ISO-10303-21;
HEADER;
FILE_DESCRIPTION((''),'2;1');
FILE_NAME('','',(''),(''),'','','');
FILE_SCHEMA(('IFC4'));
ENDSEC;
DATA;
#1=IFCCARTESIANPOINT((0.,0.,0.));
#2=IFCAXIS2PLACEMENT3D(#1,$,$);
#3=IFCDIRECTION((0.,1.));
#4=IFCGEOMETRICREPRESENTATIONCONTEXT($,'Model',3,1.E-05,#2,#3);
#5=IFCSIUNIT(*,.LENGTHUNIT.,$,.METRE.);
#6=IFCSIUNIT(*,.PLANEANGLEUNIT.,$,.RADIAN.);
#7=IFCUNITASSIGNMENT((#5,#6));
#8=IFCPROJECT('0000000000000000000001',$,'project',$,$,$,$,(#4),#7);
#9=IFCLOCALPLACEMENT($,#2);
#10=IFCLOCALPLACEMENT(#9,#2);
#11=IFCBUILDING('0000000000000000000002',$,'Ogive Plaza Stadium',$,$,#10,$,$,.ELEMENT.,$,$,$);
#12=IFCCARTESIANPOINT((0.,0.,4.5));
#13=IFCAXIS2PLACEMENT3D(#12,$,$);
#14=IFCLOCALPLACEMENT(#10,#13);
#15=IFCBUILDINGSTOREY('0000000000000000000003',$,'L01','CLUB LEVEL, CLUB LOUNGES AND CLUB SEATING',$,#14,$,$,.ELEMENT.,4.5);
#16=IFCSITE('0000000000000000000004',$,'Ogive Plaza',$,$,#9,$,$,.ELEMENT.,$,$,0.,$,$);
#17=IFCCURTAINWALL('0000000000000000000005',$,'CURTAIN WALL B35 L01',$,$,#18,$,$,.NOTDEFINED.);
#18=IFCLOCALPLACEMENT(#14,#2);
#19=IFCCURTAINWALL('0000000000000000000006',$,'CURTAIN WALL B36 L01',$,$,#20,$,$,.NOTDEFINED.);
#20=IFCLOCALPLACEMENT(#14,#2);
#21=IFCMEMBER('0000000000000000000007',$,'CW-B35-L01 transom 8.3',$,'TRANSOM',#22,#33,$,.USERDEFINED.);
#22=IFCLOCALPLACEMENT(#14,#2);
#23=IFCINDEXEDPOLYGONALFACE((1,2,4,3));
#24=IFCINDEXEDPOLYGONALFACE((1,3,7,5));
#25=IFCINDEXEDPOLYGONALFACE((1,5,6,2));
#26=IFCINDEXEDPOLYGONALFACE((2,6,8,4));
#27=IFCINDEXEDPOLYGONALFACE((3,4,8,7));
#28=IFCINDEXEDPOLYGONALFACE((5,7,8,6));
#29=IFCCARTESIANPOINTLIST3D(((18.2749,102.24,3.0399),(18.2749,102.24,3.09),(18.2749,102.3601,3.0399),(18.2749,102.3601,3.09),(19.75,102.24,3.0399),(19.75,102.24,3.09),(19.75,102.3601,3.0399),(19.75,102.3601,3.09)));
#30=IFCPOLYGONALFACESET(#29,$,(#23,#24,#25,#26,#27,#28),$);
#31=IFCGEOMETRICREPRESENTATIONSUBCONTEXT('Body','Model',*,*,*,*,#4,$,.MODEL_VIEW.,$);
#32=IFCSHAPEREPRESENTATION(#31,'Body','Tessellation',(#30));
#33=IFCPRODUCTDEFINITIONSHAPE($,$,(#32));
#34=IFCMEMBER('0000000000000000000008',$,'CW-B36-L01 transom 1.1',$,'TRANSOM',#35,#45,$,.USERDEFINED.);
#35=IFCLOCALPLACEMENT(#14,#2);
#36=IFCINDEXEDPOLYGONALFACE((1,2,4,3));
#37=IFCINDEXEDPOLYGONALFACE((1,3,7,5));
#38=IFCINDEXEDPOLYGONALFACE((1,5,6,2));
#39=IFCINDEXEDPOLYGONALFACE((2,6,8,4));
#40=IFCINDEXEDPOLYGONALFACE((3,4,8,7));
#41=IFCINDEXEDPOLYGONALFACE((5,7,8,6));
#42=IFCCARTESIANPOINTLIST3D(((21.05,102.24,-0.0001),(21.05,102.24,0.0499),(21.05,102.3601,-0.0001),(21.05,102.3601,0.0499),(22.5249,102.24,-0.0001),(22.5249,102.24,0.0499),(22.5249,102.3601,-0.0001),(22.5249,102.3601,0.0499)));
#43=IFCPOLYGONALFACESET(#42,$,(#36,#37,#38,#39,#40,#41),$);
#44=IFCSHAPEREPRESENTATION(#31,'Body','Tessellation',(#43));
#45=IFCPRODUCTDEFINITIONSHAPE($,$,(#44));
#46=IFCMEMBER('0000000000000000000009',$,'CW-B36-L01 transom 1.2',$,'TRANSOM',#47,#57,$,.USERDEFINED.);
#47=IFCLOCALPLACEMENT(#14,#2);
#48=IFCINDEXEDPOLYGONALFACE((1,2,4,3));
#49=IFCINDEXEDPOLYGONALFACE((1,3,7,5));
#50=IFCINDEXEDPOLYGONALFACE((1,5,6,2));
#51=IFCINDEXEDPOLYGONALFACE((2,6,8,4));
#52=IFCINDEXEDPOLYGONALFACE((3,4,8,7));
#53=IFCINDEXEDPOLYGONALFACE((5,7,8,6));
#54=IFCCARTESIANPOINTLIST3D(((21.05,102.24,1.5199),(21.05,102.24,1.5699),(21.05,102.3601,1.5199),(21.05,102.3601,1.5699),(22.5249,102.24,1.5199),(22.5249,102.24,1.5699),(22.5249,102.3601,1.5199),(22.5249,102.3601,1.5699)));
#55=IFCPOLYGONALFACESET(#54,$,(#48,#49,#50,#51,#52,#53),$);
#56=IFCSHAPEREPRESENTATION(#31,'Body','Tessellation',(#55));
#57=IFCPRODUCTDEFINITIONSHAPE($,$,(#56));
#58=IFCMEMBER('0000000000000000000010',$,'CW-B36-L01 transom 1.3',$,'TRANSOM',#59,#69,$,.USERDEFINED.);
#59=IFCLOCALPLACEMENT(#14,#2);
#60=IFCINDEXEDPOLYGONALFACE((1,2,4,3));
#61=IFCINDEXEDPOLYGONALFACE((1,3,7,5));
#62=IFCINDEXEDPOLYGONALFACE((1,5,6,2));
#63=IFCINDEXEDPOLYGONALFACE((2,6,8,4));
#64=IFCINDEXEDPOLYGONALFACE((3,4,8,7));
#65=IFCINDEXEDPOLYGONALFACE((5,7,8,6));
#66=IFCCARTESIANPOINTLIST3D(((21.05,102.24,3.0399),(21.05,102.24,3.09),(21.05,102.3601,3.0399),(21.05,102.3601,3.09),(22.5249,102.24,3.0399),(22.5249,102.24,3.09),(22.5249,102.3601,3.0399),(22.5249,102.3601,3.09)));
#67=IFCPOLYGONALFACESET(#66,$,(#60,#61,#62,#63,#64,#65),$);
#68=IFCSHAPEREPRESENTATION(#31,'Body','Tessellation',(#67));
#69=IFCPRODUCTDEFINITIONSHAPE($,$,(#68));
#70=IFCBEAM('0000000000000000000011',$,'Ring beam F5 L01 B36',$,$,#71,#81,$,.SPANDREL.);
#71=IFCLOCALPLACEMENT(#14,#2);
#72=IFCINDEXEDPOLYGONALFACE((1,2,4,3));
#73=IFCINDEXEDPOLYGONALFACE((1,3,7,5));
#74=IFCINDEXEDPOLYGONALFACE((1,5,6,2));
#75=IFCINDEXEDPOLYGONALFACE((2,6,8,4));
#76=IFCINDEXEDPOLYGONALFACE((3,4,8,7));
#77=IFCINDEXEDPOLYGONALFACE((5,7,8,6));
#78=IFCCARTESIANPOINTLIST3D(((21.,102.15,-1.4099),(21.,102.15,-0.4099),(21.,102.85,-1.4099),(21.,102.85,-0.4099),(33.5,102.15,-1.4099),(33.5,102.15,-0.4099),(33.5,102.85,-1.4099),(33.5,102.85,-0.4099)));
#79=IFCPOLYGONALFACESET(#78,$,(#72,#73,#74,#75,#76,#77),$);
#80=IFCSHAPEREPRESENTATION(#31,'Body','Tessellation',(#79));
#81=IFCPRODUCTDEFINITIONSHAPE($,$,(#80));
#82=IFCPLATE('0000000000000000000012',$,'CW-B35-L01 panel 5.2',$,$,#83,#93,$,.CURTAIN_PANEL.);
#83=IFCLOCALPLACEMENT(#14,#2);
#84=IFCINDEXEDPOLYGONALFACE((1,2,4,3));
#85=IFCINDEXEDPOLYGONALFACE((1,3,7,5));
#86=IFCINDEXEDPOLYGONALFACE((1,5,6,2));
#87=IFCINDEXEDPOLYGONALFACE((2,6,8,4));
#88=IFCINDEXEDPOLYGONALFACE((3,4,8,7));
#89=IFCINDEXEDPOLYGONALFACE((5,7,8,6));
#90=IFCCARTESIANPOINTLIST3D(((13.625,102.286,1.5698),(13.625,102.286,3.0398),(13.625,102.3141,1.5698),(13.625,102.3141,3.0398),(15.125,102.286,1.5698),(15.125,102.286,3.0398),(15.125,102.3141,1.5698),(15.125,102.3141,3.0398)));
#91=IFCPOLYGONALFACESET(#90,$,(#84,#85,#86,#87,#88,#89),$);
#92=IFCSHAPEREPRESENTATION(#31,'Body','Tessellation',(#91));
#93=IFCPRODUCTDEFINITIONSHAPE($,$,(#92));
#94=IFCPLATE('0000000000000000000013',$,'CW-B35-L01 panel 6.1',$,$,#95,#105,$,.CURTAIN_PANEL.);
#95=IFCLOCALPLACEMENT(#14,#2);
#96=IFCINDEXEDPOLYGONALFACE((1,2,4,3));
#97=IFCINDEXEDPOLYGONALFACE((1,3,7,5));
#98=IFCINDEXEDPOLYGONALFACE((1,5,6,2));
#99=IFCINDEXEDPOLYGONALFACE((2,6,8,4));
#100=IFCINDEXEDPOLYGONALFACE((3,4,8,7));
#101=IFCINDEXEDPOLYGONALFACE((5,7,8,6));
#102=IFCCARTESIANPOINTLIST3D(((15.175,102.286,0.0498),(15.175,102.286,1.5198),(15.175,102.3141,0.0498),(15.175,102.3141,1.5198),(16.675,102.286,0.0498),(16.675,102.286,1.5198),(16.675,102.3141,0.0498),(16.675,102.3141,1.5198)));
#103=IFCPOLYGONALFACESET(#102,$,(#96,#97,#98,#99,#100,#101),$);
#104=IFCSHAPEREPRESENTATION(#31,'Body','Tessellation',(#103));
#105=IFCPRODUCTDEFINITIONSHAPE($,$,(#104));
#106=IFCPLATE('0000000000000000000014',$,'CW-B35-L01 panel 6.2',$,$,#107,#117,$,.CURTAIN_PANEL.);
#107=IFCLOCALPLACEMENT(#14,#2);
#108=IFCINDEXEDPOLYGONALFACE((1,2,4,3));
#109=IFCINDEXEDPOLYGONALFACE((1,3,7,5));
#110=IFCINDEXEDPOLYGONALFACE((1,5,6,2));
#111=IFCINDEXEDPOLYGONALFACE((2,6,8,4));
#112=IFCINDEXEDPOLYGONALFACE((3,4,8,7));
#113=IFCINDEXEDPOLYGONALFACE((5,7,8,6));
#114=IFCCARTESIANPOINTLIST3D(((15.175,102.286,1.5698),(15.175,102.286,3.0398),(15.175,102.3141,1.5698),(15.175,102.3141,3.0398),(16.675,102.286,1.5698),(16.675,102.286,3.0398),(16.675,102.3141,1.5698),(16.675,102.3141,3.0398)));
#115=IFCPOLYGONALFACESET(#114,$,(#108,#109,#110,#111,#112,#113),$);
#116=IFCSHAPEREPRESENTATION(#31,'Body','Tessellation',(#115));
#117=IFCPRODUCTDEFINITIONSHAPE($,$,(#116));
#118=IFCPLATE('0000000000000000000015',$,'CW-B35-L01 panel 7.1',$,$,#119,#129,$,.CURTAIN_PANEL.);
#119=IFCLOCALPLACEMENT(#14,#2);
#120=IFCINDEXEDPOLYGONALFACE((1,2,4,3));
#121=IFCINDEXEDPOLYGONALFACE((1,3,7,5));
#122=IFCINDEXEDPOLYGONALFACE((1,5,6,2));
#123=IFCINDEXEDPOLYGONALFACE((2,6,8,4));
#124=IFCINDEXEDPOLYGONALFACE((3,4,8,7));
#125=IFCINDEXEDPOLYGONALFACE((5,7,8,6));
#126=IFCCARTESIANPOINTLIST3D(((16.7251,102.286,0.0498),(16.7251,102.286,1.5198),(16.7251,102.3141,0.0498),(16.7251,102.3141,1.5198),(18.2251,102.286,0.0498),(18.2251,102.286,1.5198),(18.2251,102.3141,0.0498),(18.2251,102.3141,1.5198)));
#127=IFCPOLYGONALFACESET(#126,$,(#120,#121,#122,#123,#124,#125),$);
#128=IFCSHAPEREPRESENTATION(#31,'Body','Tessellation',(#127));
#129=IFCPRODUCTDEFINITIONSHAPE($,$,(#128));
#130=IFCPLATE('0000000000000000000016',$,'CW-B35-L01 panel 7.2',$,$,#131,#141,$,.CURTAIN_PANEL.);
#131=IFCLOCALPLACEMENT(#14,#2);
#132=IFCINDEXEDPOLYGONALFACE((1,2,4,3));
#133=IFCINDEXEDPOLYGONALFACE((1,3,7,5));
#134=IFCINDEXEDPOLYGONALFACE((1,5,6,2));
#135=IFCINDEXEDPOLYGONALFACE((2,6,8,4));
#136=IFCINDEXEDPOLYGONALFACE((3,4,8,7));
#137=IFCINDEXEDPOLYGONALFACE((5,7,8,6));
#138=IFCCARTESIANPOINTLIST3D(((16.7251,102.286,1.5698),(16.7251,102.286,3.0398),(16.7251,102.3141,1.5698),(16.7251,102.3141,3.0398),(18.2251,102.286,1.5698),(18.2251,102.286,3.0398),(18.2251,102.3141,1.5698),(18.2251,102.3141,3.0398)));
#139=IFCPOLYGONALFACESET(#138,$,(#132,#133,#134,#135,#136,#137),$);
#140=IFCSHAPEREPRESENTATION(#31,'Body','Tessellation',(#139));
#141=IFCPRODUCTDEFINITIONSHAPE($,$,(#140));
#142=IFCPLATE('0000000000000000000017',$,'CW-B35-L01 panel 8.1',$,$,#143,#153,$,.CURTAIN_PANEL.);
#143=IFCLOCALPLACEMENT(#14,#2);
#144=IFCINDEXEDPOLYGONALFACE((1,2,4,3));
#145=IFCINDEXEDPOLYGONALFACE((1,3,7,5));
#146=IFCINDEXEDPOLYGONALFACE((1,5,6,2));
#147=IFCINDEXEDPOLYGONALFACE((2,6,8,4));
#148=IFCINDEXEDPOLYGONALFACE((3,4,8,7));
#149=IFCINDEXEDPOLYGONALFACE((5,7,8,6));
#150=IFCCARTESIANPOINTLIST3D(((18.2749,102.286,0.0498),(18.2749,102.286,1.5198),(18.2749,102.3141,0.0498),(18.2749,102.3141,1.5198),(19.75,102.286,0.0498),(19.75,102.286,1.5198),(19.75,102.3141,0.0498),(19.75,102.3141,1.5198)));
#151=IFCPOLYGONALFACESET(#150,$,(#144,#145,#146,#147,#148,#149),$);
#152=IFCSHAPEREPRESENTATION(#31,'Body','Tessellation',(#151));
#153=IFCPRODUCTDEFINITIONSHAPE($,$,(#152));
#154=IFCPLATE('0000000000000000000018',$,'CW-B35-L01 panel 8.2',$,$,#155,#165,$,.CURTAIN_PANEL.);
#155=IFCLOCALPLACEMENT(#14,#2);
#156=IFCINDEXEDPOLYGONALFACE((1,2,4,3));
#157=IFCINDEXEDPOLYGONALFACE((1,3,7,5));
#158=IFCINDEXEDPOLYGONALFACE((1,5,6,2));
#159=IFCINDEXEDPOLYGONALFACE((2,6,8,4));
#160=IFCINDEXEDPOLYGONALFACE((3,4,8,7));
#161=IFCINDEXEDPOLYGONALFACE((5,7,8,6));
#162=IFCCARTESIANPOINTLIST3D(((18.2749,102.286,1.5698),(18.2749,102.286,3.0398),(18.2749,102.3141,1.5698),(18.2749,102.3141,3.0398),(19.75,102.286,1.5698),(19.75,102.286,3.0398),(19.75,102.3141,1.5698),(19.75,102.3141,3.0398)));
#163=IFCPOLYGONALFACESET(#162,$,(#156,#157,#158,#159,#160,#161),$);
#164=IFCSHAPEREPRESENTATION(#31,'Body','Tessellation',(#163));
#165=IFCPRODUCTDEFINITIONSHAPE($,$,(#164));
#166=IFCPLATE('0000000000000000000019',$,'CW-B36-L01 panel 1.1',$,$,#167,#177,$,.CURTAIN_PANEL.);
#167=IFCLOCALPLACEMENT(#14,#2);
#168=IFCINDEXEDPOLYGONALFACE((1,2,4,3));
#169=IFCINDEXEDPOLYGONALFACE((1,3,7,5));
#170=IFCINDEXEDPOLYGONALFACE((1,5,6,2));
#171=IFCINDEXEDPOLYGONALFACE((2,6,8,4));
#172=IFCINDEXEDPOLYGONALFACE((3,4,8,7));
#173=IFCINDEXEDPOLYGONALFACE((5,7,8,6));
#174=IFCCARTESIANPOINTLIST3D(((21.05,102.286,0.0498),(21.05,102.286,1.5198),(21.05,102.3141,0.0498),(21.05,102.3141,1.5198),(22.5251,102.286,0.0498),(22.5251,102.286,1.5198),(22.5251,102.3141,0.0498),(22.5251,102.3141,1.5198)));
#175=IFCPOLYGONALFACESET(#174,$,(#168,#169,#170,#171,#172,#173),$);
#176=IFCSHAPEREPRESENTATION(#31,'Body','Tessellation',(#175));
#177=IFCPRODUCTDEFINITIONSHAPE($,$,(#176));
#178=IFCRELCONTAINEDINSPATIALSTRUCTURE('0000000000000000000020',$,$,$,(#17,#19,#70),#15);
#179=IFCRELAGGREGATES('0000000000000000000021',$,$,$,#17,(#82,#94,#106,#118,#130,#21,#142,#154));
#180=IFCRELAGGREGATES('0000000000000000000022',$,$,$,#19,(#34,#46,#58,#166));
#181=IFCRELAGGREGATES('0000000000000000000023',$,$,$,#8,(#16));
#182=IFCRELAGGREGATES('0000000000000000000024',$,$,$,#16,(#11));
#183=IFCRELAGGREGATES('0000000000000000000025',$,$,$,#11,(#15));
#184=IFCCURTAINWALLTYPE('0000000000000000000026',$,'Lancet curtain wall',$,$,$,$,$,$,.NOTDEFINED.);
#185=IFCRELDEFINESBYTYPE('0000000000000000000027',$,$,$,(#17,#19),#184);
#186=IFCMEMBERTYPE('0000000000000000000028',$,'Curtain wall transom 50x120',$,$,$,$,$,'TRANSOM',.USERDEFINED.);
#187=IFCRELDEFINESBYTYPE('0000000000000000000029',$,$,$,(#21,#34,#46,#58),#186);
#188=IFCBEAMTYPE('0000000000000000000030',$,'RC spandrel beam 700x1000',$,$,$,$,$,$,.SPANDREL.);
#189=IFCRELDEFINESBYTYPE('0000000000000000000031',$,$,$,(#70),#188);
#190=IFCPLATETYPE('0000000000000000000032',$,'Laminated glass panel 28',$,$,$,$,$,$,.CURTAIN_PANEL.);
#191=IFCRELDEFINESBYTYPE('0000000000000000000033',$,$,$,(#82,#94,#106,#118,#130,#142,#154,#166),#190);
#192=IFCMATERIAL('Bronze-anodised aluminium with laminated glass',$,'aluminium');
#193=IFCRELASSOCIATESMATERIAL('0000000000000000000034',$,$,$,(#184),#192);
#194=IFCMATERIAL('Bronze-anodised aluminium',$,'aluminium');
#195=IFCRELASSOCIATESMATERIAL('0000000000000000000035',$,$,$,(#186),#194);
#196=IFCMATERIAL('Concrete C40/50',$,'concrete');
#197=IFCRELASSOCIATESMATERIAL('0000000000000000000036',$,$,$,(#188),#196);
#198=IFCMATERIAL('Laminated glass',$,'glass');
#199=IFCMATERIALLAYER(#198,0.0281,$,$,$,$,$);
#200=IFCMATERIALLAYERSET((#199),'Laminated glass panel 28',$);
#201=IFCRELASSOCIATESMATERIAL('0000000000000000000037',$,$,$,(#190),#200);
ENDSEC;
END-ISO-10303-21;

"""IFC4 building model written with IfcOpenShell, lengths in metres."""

from ifc_helpers import new_model, si_unit, direction, frame, origin, origin_2d, place, context, subcontext, project, spatial, rectangle, extrude, material, layer, layer_set, material_profile, profile_set, type_object, element, aggregate, save


model = new_model("IFC4")

# Units and contexts
model_context = context("Model", 3, precision=1e-05, world=origin(), true_north=direction((0.0, 1.0)))
body_context = subcontext(model_context, "Body", "Model", "MODEL_VIEW")
ifc_project = project(units=[si_unit("LENGTHUNIT", "METRE"), si_unit("PLANEANGLEUNIT", "RADIAN")], contexts=[model_context])

# Site, building, storey
site_placement = place(None, origin())
site = spatial("IfcSite", under=ifc_project, at=site_placement, Name="Ogive Plaza", CompositionType="ELEMENT", RefElevation=0.0)
building_placement = place(site_placement, origin())
building = spatial("IfcBuilding", under=site, at=building_placement, Name="Ogive Plaza Stadium", CompositionType="ELEMENT")
storey_placement = place(building_placement, frame((0.0, 0.0, 4.5)))
storey = spatial("IfcBuildingStorey", under=building, at=storey_placement, Name="L01", Description="CLUB LEVEL, CLUB LOUNGES AND CLUB SEATING", CompositionType="ELEMENT", Elevation=4.5)

# Curtain wall
ifc_material_1 = material(Name="Bronze-anodised aluminium with laminated glass", Category="aluminium")
curtain_wall_type = type_object("IfcCurtainWallType", Name="Lancet curtain wall", PredefinedType="NOTDEFINED", material=ifc_material_1)
curtain_wall_1_placement = place(storey_placement, origin())
curtain_wall_1 = element("IfcCurtainWall", 1, at=curtain_wall_1_placement, inside=storey, type_object=curtain_wall_type, Name="CURTAIN WALL B35 L01", PredefinedType="NOTDEFINED")

# Curtain wall
curtain_wall_2_placement = place(storey_placement, origin())
curtain_wall_2 = element("IfcCurtainWall", 2, at=curtain_wall_2_placement, inside=storey, type_object=curtain_wall_type, Name="CURTAIN WALL B36 L01", PredefinedType="NOTDEFINED")

# Members
ifc_material_2 = material(Name="Bronze-anodised aluminium", Category="aluminium")
ifc_material_profile_1 = material_profile(ifc_material_2, rectangle(XDim=0.1201, YDim=0.05, at=origin_2d()), Name="AL 120x50")
ifc_profile_set_1 = profile_set([ifc_material_profile_1], Name="Bronze-anodised aluminium")
member_type_1 = type_object("IfcMemberType", Name="Curtain wall transom 50x120", ElementType="TRANSOM", PredefinedType="USERDEFINED", material=ifc_profile_set_1)
member_1_placement = place(storey_placement, frame((18.2749, 102.3, 3.0649), z_axis=(1.0, 0.0, 0.0), x_axis=(0.0, 1.0, 0.0)))
member_1 = element("IfcMember", 3, at=member_1_placement, type_object=member_type_1, Name="CW-B35-L01 transom 8.3", ObjectType="TRANSOM", PredefinedType="USERDEFINED", context=body_context, shape_type="SweptSolid", body=[
    extrude(rectangle(XDim=0.1201, YDim=0.05, at=origin_2d()), origin(), (0.0, 0.0, 1.0), 1.4751),
])
member_2_placement = place(storey_placement, frame((21.05, 102.3, 0.0249), z_axis=(1.0, 0.0, 0.0), x_axis=(0.0, 1.0, 0.0)))
member_2 = element("IfcMember", 4, at=member_2_placement, type_object=member_type_1, Name="CW-B36-L01 transom 1.1", ObjectType="TRANSOM", PredefinedType="USERDEFINED", context=body_context, shape_type="SweptSolid", body=[
    extrude(rectangle(XDim=0.1201, YDim=0.05, at=origin_2d()), origin(), (0.0, 0.0, 1.0), 1.4749),
])
member_3_placement = place(storey_placement, frame((21.05, 102.3, 1.5449), z_axis=(1.0, 0.0, 0.0), x_axis=(0.0, 1.0, 0.0)))
member_3 = element("IfcMember", 5, at=member_3_placement, type_object=member_type_1, Name="CW-B36-L01 transom 1.2", ObjectType="TRANSOM", PredefinedType="USERDEFINED", context=body_context, shape_type="SweptSolid", body=[
    extrude(rectangle(XDim=0.1201, YDim=0.05, at=origin_2d()), origin(), (0.0, 0.0, 1.0), 1.4749),
])
member_4_placement = place(storey_placement, frame((21.05, 102.3, 3.0649), z_axis=(1.0, 0.0, 0.0), x_axis=(0.0, 1.0, 0.0)))
member_4 = element("IfcMember", 6, at=member_4_placement, type_object=member_type_1, Name="CW-B36-L01 transom 1.3", ObjectType="TRANSOM", PredefinedType="USERDEFINED", context=body_context, shape_type="SweptSolid", body=[
    extrude(rectangle(XDim=0.1201, YDim=0.05, at=origin_2d()), origin(), (0.0, 0.0, 1.0), 1.4749),
])

# Beam
ifc_material_3 = material(Name="Concrete C40/50", Category="concrete")
ifc_material_profile_2 = material_profile(ifc_material_3, rectangle(XDim=0.7, YDim=1.0, at=origin_2d()), Name="RC 700x1000")
ifc_profile_set_2 = profile_set([ifc_material_profile_2], Name="Concrete C40/50")
beam_type = type_object("IfcBeamType", Name="RC spandrel beam 700x1000", PredefinedType="SPANDREL", material=ifc_profile_set_2)
beam_placement = place(storey_placement, frame((21.0, 102.5, -0.9099), z_axis=(1.0, 0.0, 0.0), x_axis=(0.0, 1.0, 0.0)))
element("IfcBeam", 7, at=beam_placement, inside=storey, type_object=beam_type, Name="Ring beam F5 L01 B36", PredefinedType="SPANDREL", context=body_context, shape_type="SweptSolid", body=[
    extrude(rectangle(XDim=0.7, YDim=1.0, at=origin_2d()), origin(), (0.0, 0.0, 1.0), 12.5),
])

# Plates
ifc_material_4 = material(Name="Laminated glass", Category="glass")
ifc_layer = layer(ifc_material_4, 0.0281)
ifc_layer_set = layer_set([ifc_layer], Name="Laminated glass panel 28")
plate_type = type_object("IfcPlateType", Name="Laminated glass panel 28", PredefinedType="CURTAIN_PANEL", material=ifc_layer_set)
plate_1_placement = place(storey_placement, frame((14.375, 102.3, 1.5698), z_axis=(0.0, 0.0, 1.0), x_axis=(1.0, 0.0, 0.0)))
plate_1 = element("IfcPlate", 8, at=plate_1_placement, type_object=plate_type, Name="CW-B35-L01 panel 5.2", PredefinedType="CURTAIN_PANEL", context=body_context, shape_type="SweptSolid", body=[
    extrude(rectangle(XDim=1.5, YDim=0.0281, at=origin_2d()), origin(), (0.0, 0.0, 1.0), 1.47),
])
plate_2_placement = place(storey_placement, frame((15.925, 102.3, 0.0498), z_axis=(0.0, 0.0, 1.0), x_axis=(1.0, 0.0, 0.0)))
plate_2 = element("IfcPlate", 9, at=plate_2_placement, type_object=plate_type, Name="CW-B35-L01 panel 6.1", PredefinedType="CURTAIN_PANEL", context=body_context, shape_type="SweptSolid", body=[
    extrude(rectangle(XDim=1.5, YDim=0.0281, at=origin_2d()), origin(), (0.0, 0.0, 1.0), 1.47),
])
plate_3_placement = place(storey_placement, frame((15.925, 102.3, 1.5698), z_axis=(0.0, 0.0, 1.0), x_axis=(1.0, 0.0, 0.0)))
plate_3 = element("IfcPlate", 10, at=plate_3_placement, type_object=plate_type, Name="CW-B35-L01 panel 6.2", PredefinedType="CURTAIN_PANEL", context=body_context, shape_type="SweptSolid", body=[
    extrude(rectangle(XDim=1.5, YDim=0.0281, at=origin_2d()), origin(), (0.0, 0.0, 1.0), 1.47),
])
plate_4_placement = place(storey_placement, frame((17.4751, 102.3, 0.0498), z_axis=(0.0, 0.0, 1.0), x_axis=(1.0, 0.0, 0.0)))
plate_4 = element("IfcPlate", 11, at=plate_4_placement, type_object=plate_type, Name="CW-B35-L01 panel 7.1", PredefinedType="CURTAIN_PANEL", context=body_context, shape_type="SweptSolid", body=[
    extrude(rectangle(XDim=1.5, YDim=0.0281, at=origin_2d()), origin(), (0.0, 0.0, 1.0), 1.47),
])
plate_5_placement = place(storey_placement, frame((17.4751, 102.3, 1.5698), z_axis=(0.0, 0.0, 1.0), x_axis=(1.0, 0.0, 0.0)))
plate_5 = element("IfcPlate", 12, at=plate_5_placement, type_object=plate_type, Name="CW-B35-L01 panel 7.2", PredefinedType="CURTAIN_PANEL", context=body_context, shape_type="SweptSolid", body=[
    extrude(rectangle(XDim=1.5, YDim=0.0281, at=origin_2d()), origin(), (0.0, 0.0, 1.0), 1.47),
])
plate_6_placement = place(storey_placement, frame((19.0125, 102.3, 0.0498), z_axis=(0.0, 0.0, 1.0), x_axis=(1.0, 0.0, 0.0)))
plate_6 = element("IfcPlate", 13, at=plate_6_placement, type_object=plate_type, Name="CW-B35-L01 panel 8.1", PredefinedType="CURTAIN_PANEL", context=body_context, shape_type="SweptSolid", body=[
    extrude(rectangle(XDim=1.4751, YDim=0.0281, at=origin_2d()), origin(), (0.0, 0.0, 1.0), 1.47),
])
plate_7_placement = place(storey_placement, frame((19.0125, 102.3, 1.5698), z_axis=(0.0, 0.0, 1.0), x_axis=(1.0, 0.0, 0.0)))
plate_7 = element("IfcPlate", 14, at=plate_7_placement, type_object=plate_type, Name="CW-B35-L01 panel 8.2", PredefinedType="CURTAIN_PANEL", context=body_context, shape_type="SweptSolid", body=[
    extrude(rectangle(XDim=1.4751, YDim=0.0281, at=origin_2d()), origin(), (0.0, 0.0, 1.0), 1.47),
])
aggregate(curtain_wall_1, [plate_1, plate_2, plate_3, plate_4, plate_5, member_1, plate_6, plate_7])
plate_8_placement = place(storey_placement, frame((21.7876, 102.3, 0.0498), z_axis=(0.0, 0.0, 1.0), x_axis=(1.0, 0.0, 0.0)))
plate_8 = element("IfcPlate", 15, at=plate_8_placement, type_object=plate_type, Name="CW-B36-L01 panel 1.1", PredefinedType="CURTAIN_PANEL", context=body_context, shape_type="SweptSolid", body=[
    extrude(rectangle(XDim=1.4751, YDim=0.0281, at=origin_2d()), origin(), (0.0, 0.0, 1.0), 1.47),
])
aggregate(curtain_wall_2, [member_2, member_3, member_4, plate_8])

save(model, "model.ifc")
